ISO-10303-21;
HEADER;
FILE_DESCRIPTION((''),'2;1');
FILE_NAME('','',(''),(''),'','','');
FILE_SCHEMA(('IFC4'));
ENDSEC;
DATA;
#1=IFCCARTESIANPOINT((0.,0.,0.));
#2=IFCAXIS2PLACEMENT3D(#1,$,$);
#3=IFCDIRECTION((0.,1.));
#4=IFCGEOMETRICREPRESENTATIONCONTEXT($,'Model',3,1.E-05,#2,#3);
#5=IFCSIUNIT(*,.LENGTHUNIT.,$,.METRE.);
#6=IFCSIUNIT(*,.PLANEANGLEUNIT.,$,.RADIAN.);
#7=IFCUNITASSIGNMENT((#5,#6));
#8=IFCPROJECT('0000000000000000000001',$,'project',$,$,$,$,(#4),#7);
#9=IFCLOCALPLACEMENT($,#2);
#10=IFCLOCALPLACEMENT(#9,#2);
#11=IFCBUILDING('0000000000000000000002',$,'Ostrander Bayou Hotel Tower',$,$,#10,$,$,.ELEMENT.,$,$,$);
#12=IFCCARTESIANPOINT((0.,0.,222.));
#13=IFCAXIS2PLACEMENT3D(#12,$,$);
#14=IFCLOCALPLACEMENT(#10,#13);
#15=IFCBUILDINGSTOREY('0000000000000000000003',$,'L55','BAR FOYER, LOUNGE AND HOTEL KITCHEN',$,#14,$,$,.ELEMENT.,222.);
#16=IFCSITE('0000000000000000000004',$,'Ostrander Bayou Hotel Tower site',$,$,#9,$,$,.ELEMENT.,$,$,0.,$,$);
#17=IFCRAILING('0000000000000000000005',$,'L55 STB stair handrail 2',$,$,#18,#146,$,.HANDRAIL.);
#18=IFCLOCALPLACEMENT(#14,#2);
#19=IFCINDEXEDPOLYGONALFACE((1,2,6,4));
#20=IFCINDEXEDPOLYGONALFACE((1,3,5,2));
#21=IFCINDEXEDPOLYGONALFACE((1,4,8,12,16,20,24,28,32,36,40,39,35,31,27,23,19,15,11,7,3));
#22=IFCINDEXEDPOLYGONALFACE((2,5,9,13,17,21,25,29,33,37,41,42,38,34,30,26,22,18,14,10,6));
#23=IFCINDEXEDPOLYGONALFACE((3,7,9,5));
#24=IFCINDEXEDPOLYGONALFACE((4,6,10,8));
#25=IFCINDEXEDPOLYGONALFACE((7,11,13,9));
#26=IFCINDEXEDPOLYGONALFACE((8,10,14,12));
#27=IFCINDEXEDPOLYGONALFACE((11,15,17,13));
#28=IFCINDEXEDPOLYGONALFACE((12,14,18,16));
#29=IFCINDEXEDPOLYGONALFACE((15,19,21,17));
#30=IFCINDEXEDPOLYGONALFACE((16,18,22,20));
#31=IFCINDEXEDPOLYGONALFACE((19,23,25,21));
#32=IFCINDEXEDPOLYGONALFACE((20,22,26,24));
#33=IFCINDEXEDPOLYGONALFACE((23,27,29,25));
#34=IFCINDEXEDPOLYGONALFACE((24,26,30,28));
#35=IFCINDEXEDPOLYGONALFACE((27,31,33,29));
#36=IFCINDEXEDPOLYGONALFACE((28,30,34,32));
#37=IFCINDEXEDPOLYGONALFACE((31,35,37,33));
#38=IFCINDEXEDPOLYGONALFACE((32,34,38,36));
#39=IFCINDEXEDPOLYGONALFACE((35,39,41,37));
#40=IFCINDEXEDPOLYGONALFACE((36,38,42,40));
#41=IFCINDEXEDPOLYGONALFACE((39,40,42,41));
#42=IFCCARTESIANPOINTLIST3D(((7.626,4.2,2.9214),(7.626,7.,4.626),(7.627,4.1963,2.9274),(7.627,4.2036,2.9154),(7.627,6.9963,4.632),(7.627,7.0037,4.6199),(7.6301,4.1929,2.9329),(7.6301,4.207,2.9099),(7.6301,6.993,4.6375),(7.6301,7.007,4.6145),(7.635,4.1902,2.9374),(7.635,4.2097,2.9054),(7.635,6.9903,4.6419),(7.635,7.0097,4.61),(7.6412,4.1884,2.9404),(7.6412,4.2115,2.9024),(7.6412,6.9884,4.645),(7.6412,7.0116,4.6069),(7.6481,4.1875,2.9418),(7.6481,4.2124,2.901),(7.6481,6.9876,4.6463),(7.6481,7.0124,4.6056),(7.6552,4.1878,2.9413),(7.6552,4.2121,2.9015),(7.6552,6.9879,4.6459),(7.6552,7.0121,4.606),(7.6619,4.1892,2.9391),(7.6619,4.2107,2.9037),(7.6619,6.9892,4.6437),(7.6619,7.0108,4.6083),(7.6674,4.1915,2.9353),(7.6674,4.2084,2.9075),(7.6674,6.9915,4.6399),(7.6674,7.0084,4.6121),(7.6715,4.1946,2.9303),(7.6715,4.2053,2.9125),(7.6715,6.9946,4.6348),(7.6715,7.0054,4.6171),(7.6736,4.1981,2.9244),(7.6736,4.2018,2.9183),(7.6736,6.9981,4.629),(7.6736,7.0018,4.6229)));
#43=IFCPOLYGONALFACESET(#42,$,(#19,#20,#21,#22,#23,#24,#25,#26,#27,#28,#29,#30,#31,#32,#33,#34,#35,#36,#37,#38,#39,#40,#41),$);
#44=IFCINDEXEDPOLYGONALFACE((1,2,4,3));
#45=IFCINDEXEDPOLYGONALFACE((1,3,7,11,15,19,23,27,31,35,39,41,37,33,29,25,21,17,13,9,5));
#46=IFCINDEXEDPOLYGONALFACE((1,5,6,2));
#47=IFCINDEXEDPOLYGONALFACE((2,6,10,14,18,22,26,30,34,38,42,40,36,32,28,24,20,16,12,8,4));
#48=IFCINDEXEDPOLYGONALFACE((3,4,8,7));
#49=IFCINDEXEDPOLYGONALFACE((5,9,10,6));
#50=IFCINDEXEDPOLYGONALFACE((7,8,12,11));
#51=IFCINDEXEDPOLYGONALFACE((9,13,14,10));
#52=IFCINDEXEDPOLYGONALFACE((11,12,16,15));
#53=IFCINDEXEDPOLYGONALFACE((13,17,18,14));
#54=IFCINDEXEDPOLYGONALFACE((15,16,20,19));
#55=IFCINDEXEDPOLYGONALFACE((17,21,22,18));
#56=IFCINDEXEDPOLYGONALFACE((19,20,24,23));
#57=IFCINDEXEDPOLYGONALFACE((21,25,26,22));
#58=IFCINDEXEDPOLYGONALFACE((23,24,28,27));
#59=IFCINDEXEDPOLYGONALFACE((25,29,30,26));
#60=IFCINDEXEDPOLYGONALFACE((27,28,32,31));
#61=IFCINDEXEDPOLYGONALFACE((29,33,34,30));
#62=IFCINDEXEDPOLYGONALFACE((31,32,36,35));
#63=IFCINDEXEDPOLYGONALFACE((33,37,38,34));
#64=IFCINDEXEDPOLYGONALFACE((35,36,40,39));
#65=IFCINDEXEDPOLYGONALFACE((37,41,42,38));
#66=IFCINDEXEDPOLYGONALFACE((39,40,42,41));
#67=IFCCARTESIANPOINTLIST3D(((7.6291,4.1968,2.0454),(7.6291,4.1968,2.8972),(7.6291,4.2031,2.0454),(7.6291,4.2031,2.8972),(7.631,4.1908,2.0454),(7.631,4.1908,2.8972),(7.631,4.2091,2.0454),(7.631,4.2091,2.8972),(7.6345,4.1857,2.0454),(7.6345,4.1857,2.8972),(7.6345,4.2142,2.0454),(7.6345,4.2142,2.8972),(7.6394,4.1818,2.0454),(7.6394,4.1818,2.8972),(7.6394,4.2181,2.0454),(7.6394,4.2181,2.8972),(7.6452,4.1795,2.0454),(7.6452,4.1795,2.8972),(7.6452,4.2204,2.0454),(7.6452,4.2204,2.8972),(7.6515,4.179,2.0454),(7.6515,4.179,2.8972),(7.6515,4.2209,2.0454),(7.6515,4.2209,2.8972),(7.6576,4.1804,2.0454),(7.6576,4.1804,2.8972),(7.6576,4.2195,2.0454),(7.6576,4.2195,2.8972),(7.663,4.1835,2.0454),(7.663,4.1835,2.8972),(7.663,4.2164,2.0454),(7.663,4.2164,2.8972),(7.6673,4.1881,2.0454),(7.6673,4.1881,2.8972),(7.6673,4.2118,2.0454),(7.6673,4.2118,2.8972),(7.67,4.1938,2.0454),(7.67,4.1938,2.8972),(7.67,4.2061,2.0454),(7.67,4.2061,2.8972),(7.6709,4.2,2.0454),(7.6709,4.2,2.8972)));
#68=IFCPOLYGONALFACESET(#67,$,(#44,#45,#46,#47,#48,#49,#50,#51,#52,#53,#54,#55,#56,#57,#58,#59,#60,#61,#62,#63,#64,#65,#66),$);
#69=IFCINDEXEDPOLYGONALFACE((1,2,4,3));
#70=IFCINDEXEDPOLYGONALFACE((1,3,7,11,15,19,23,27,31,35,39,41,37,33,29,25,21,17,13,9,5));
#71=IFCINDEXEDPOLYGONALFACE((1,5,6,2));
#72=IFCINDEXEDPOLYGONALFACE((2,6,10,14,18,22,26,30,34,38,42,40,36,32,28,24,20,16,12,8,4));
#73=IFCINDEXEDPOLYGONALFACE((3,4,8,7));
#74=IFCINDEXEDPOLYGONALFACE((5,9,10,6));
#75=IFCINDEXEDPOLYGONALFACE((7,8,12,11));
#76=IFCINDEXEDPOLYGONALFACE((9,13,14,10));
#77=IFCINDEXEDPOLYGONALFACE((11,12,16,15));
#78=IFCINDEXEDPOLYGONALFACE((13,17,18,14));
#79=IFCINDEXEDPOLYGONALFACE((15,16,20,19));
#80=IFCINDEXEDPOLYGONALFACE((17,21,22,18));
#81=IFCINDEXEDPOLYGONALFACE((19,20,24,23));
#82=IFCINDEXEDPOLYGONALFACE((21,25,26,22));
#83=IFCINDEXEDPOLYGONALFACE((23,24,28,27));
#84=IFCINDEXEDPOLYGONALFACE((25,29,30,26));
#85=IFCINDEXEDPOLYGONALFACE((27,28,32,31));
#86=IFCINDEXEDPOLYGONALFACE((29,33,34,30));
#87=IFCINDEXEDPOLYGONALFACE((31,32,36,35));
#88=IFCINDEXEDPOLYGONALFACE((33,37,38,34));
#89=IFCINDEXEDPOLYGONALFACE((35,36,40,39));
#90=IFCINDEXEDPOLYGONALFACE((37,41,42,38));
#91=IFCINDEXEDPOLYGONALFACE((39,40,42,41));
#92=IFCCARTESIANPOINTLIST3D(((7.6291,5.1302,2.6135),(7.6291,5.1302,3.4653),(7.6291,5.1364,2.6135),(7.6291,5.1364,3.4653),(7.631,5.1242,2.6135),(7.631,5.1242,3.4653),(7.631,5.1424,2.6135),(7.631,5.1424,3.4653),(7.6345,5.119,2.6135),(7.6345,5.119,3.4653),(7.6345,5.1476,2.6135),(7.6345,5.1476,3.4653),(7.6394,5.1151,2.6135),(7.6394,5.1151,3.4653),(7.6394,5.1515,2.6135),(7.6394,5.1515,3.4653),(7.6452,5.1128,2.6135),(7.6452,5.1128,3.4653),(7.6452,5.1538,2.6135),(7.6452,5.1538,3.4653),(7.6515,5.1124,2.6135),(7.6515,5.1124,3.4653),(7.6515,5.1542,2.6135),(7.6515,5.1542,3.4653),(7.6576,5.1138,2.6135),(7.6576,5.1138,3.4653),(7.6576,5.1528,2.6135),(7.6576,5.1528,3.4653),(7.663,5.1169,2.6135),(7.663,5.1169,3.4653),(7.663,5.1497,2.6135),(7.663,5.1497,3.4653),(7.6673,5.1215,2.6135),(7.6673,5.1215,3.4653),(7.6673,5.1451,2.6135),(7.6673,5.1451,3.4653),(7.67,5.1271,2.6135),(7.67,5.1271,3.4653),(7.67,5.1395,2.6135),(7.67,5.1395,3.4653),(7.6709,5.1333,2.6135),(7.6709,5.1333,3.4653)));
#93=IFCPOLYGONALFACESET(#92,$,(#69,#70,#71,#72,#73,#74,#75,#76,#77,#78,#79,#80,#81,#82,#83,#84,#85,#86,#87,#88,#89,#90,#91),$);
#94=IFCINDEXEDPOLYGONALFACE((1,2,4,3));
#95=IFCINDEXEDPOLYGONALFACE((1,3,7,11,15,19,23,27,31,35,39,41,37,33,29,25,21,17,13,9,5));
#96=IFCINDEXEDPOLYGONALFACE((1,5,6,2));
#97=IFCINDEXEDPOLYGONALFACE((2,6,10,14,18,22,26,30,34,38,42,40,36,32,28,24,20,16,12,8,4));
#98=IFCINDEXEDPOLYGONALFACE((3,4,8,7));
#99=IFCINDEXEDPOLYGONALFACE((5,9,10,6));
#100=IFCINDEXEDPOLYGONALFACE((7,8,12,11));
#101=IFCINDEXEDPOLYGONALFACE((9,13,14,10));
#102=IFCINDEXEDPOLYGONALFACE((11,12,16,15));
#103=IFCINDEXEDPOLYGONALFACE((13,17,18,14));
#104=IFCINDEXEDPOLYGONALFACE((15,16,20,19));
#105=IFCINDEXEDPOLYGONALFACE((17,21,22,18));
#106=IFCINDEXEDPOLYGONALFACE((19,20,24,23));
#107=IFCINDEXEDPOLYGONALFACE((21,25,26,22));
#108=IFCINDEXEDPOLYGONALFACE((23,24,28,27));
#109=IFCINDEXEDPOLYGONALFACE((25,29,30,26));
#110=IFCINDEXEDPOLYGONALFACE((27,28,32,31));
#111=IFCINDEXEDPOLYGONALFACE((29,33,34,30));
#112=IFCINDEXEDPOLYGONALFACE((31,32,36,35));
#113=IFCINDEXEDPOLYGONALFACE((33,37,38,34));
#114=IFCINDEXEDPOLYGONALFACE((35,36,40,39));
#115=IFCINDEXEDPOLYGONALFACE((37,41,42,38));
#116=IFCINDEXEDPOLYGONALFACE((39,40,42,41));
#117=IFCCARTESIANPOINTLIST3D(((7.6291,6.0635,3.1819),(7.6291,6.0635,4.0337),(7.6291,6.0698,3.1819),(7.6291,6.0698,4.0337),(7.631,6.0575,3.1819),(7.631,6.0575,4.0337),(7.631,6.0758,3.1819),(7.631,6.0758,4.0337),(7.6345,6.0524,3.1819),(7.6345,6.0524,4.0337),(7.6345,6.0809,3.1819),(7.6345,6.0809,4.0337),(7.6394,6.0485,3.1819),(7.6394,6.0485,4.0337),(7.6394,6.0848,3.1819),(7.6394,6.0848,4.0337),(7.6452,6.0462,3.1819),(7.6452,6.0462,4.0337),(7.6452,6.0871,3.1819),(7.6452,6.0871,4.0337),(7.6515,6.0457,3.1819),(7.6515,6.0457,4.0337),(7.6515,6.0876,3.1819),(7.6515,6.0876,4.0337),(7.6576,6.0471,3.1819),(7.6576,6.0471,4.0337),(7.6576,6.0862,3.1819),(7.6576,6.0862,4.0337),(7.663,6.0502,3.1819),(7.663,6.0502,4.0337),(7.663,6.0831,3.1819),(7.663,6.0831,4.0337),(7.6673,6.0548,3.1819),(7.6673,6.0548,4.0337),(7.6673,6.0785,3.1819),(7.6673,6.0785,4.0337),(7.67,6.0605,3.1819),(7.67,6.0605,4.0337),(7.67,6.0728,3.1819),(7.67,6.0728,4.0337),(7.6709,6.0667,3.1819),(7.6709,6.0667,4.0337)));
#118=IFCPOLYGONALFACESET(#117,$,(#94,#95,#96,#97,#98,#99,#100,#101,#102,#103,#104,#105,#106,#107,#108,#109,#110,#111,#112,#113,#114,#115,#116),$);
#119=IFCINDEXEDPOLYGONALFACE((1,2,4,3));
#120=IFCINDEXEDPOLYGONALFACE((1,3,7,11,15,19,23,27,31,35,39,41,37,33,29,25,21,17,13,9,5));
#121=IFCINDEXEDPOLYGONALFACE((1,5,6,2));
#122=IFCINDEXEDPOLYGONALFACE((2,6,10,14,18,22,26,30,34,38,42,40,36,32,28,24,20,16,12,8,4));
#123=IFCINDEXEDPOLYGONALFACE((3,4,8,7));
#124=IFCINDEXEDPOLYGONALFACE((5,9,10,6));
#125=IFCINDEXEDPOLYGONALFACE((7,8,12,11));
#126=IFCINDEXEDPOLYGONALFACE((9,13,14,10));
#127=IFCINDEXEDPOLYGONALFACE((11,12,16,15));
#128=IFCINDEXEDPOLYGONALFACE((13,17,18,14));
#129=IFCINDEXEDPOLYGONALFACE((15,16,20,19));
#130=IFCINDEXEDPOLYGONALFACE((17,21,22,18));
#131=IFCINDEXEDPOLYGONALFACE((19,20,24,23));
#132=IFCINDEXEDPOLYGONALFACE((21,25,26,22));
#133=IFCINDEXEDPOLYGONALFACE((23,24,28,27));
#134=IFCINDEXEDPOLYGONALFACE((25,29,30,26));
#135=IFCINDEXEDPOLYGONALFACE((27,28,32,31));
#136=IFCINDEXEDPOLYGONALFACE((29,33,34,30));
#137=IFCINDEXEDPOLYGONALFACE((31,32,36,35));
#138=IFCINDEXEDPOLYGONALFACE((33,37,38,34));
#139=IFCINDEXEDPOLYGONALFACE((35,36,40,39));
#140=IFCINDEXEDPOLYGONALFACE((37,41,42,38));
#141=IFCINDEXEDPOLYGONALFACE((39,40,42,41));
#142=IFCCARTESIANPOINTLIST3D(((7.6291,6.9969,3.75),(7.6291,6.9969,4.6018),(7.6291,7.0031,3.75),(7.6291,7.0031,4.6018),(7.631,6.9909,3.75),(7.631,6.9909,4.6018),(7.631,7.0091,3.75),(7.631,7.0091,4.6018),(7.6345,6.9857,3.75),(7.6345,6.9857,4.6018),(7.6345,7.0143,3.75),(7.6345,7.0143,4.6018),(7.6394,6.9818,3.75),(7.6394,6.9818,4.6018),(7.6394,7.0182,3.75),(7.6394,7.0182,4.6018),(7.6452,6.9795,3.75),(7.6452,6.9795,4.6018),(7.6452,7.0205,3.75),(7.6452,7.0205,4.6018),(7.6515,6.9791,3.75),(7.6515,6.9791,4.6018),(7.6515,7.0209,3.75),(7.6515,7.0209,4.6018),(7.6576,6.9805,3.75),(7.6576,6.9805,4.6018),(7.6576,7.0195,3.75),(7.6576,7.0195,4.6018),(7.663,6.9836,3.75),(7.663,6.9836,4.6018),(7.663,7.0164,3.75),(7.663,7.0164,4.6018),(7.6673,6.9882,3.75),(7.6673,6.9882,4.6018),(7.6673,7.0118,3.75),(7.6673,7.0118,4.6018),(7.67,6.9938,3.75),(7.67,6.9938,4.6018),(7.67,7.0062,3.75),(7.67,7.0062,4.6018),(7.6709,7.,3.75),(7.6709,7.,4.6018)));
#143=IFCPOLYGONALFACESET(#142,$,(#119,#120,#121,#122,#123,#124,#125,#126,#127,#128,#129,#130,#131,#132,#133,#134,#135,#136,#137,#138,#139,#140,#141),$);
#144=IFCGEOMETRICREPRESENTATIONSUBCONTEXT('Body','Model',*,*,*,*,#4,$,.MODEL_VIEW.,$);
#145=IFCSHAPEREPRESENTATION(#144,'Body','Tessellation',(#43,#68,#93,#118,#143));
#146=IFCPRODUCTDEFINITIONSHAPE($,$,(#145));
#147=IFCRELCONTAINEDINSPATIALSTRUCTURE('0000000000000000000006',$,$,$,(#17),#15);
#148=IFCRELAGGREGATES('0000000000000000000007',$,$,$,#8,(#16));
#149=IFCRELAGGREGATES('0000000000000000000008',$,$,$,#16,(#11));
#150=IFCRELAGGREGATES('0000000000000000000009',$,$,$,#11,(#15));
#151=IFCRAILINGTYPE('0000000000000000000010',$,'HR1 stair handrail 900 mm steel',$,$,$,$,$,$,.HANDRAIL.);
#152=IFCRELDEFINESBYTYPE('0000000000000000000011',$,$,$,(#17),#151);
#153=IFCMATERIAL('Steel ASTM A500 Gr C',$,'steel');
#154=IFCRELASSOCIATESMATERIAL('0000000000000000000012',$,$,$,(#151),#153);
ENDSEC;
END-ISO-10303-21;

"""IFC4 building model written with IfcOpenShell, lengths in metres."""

from ifc_helpers import new_model, si_unit, direction, frame, origin, origin_2d, place, context, subcontext, project, spatial, circle, extrude, material, type_object, element, save


model = new_model("IFC4")

# Units and contexts
model_context = context("Model", 3, precision=1e-05, world=origin(), true_north=direction((0.0, 1.0)))
body_context = subcontext(model_context, "Body", "Model", "MODEL_VIEW")
ifc_project = project(units=[si_unit("LENGTHUNIT", "METRE"), si_unit("PLANEANGLEUNIT", "RADIAN")], contexts=[model_context])

# Site, building, storey
site_placement = place(None, origin())
site = spatial("IfcSite", under=ifc_project, at=site_placement, Name="Ostrander Bayou Hotel Tower site", CompositionType="ELEMENT", RefElevation=0.0)
building_placement = place(site_placement, origin())
building = spatial("IfcBuilding", under=site, at=building_placement, Name="Ostrander Bayou Hotel Tower", CompositionType="ELEMENT")
storey_placement = place(building_placement, frame((0.0, 0.0, 222.0)))
storey = spatial("IfcBuildingStorey", under=building, at=storey_placement, Name="L55", Description="BAR FOYER, LOUNGE AND HOTEL KITCHEN", CompositionType="ELEMENT", Elevation=222.0)

# Railing
ifc_material_1 = material(Name="Steel ASTM A500 Gr C", Category="steel")
railing_type_1 = type_object("IfcRailingType", Name="HR1 stair handrail 900 mm steel", PredefinedType="HANDRAIL", material=ifc_material_1)
railing_1_placement = place(storey_placement, frame((7.6499, 4.2, 2.0454)))
element("IfcRailing", 1, at=railing_1_placement, inside=storey, type_object=railing_type_1, Name="L55 STB stair handrail 2", PredefinedType="HANDRAIL", context=body_context, shape_type="SweptSolid", body=[
    extrude(circle(Radius=0.0239, at=origin_2d()), frame((0.0, 0.0, 0.876), z_axis=(0.0, 0.85417, 0.519994), x_axis=(-1.0, 0.0, 0.0)), (0.0, 0.0, 1.0), 3.2781),
    extrude(circle(Radius=0.021, at=origin_2d()), origin(), (0.0, 0.0, 1.0), 0.8518),
    extrude(circle(Radius=0.021, at=origin_2d()), frame((0.0, 0.9333, 0.5681)), (0.0, 0.0, 1.0), 0.8518),
    extrude(circle(Radius=0.021, at=origin_2d()), frame((0.0, 1.8667, 1.1365)), (0.0, 0.0, 1.0), 0.8518),
    extrude(circle(Radius=0.021, at=origin_2d()), frame((0.0, 2.8, 1.7046)), (0.0, 0.0, 1.0), 0.8518),
])

save(model, "model.ifc")
